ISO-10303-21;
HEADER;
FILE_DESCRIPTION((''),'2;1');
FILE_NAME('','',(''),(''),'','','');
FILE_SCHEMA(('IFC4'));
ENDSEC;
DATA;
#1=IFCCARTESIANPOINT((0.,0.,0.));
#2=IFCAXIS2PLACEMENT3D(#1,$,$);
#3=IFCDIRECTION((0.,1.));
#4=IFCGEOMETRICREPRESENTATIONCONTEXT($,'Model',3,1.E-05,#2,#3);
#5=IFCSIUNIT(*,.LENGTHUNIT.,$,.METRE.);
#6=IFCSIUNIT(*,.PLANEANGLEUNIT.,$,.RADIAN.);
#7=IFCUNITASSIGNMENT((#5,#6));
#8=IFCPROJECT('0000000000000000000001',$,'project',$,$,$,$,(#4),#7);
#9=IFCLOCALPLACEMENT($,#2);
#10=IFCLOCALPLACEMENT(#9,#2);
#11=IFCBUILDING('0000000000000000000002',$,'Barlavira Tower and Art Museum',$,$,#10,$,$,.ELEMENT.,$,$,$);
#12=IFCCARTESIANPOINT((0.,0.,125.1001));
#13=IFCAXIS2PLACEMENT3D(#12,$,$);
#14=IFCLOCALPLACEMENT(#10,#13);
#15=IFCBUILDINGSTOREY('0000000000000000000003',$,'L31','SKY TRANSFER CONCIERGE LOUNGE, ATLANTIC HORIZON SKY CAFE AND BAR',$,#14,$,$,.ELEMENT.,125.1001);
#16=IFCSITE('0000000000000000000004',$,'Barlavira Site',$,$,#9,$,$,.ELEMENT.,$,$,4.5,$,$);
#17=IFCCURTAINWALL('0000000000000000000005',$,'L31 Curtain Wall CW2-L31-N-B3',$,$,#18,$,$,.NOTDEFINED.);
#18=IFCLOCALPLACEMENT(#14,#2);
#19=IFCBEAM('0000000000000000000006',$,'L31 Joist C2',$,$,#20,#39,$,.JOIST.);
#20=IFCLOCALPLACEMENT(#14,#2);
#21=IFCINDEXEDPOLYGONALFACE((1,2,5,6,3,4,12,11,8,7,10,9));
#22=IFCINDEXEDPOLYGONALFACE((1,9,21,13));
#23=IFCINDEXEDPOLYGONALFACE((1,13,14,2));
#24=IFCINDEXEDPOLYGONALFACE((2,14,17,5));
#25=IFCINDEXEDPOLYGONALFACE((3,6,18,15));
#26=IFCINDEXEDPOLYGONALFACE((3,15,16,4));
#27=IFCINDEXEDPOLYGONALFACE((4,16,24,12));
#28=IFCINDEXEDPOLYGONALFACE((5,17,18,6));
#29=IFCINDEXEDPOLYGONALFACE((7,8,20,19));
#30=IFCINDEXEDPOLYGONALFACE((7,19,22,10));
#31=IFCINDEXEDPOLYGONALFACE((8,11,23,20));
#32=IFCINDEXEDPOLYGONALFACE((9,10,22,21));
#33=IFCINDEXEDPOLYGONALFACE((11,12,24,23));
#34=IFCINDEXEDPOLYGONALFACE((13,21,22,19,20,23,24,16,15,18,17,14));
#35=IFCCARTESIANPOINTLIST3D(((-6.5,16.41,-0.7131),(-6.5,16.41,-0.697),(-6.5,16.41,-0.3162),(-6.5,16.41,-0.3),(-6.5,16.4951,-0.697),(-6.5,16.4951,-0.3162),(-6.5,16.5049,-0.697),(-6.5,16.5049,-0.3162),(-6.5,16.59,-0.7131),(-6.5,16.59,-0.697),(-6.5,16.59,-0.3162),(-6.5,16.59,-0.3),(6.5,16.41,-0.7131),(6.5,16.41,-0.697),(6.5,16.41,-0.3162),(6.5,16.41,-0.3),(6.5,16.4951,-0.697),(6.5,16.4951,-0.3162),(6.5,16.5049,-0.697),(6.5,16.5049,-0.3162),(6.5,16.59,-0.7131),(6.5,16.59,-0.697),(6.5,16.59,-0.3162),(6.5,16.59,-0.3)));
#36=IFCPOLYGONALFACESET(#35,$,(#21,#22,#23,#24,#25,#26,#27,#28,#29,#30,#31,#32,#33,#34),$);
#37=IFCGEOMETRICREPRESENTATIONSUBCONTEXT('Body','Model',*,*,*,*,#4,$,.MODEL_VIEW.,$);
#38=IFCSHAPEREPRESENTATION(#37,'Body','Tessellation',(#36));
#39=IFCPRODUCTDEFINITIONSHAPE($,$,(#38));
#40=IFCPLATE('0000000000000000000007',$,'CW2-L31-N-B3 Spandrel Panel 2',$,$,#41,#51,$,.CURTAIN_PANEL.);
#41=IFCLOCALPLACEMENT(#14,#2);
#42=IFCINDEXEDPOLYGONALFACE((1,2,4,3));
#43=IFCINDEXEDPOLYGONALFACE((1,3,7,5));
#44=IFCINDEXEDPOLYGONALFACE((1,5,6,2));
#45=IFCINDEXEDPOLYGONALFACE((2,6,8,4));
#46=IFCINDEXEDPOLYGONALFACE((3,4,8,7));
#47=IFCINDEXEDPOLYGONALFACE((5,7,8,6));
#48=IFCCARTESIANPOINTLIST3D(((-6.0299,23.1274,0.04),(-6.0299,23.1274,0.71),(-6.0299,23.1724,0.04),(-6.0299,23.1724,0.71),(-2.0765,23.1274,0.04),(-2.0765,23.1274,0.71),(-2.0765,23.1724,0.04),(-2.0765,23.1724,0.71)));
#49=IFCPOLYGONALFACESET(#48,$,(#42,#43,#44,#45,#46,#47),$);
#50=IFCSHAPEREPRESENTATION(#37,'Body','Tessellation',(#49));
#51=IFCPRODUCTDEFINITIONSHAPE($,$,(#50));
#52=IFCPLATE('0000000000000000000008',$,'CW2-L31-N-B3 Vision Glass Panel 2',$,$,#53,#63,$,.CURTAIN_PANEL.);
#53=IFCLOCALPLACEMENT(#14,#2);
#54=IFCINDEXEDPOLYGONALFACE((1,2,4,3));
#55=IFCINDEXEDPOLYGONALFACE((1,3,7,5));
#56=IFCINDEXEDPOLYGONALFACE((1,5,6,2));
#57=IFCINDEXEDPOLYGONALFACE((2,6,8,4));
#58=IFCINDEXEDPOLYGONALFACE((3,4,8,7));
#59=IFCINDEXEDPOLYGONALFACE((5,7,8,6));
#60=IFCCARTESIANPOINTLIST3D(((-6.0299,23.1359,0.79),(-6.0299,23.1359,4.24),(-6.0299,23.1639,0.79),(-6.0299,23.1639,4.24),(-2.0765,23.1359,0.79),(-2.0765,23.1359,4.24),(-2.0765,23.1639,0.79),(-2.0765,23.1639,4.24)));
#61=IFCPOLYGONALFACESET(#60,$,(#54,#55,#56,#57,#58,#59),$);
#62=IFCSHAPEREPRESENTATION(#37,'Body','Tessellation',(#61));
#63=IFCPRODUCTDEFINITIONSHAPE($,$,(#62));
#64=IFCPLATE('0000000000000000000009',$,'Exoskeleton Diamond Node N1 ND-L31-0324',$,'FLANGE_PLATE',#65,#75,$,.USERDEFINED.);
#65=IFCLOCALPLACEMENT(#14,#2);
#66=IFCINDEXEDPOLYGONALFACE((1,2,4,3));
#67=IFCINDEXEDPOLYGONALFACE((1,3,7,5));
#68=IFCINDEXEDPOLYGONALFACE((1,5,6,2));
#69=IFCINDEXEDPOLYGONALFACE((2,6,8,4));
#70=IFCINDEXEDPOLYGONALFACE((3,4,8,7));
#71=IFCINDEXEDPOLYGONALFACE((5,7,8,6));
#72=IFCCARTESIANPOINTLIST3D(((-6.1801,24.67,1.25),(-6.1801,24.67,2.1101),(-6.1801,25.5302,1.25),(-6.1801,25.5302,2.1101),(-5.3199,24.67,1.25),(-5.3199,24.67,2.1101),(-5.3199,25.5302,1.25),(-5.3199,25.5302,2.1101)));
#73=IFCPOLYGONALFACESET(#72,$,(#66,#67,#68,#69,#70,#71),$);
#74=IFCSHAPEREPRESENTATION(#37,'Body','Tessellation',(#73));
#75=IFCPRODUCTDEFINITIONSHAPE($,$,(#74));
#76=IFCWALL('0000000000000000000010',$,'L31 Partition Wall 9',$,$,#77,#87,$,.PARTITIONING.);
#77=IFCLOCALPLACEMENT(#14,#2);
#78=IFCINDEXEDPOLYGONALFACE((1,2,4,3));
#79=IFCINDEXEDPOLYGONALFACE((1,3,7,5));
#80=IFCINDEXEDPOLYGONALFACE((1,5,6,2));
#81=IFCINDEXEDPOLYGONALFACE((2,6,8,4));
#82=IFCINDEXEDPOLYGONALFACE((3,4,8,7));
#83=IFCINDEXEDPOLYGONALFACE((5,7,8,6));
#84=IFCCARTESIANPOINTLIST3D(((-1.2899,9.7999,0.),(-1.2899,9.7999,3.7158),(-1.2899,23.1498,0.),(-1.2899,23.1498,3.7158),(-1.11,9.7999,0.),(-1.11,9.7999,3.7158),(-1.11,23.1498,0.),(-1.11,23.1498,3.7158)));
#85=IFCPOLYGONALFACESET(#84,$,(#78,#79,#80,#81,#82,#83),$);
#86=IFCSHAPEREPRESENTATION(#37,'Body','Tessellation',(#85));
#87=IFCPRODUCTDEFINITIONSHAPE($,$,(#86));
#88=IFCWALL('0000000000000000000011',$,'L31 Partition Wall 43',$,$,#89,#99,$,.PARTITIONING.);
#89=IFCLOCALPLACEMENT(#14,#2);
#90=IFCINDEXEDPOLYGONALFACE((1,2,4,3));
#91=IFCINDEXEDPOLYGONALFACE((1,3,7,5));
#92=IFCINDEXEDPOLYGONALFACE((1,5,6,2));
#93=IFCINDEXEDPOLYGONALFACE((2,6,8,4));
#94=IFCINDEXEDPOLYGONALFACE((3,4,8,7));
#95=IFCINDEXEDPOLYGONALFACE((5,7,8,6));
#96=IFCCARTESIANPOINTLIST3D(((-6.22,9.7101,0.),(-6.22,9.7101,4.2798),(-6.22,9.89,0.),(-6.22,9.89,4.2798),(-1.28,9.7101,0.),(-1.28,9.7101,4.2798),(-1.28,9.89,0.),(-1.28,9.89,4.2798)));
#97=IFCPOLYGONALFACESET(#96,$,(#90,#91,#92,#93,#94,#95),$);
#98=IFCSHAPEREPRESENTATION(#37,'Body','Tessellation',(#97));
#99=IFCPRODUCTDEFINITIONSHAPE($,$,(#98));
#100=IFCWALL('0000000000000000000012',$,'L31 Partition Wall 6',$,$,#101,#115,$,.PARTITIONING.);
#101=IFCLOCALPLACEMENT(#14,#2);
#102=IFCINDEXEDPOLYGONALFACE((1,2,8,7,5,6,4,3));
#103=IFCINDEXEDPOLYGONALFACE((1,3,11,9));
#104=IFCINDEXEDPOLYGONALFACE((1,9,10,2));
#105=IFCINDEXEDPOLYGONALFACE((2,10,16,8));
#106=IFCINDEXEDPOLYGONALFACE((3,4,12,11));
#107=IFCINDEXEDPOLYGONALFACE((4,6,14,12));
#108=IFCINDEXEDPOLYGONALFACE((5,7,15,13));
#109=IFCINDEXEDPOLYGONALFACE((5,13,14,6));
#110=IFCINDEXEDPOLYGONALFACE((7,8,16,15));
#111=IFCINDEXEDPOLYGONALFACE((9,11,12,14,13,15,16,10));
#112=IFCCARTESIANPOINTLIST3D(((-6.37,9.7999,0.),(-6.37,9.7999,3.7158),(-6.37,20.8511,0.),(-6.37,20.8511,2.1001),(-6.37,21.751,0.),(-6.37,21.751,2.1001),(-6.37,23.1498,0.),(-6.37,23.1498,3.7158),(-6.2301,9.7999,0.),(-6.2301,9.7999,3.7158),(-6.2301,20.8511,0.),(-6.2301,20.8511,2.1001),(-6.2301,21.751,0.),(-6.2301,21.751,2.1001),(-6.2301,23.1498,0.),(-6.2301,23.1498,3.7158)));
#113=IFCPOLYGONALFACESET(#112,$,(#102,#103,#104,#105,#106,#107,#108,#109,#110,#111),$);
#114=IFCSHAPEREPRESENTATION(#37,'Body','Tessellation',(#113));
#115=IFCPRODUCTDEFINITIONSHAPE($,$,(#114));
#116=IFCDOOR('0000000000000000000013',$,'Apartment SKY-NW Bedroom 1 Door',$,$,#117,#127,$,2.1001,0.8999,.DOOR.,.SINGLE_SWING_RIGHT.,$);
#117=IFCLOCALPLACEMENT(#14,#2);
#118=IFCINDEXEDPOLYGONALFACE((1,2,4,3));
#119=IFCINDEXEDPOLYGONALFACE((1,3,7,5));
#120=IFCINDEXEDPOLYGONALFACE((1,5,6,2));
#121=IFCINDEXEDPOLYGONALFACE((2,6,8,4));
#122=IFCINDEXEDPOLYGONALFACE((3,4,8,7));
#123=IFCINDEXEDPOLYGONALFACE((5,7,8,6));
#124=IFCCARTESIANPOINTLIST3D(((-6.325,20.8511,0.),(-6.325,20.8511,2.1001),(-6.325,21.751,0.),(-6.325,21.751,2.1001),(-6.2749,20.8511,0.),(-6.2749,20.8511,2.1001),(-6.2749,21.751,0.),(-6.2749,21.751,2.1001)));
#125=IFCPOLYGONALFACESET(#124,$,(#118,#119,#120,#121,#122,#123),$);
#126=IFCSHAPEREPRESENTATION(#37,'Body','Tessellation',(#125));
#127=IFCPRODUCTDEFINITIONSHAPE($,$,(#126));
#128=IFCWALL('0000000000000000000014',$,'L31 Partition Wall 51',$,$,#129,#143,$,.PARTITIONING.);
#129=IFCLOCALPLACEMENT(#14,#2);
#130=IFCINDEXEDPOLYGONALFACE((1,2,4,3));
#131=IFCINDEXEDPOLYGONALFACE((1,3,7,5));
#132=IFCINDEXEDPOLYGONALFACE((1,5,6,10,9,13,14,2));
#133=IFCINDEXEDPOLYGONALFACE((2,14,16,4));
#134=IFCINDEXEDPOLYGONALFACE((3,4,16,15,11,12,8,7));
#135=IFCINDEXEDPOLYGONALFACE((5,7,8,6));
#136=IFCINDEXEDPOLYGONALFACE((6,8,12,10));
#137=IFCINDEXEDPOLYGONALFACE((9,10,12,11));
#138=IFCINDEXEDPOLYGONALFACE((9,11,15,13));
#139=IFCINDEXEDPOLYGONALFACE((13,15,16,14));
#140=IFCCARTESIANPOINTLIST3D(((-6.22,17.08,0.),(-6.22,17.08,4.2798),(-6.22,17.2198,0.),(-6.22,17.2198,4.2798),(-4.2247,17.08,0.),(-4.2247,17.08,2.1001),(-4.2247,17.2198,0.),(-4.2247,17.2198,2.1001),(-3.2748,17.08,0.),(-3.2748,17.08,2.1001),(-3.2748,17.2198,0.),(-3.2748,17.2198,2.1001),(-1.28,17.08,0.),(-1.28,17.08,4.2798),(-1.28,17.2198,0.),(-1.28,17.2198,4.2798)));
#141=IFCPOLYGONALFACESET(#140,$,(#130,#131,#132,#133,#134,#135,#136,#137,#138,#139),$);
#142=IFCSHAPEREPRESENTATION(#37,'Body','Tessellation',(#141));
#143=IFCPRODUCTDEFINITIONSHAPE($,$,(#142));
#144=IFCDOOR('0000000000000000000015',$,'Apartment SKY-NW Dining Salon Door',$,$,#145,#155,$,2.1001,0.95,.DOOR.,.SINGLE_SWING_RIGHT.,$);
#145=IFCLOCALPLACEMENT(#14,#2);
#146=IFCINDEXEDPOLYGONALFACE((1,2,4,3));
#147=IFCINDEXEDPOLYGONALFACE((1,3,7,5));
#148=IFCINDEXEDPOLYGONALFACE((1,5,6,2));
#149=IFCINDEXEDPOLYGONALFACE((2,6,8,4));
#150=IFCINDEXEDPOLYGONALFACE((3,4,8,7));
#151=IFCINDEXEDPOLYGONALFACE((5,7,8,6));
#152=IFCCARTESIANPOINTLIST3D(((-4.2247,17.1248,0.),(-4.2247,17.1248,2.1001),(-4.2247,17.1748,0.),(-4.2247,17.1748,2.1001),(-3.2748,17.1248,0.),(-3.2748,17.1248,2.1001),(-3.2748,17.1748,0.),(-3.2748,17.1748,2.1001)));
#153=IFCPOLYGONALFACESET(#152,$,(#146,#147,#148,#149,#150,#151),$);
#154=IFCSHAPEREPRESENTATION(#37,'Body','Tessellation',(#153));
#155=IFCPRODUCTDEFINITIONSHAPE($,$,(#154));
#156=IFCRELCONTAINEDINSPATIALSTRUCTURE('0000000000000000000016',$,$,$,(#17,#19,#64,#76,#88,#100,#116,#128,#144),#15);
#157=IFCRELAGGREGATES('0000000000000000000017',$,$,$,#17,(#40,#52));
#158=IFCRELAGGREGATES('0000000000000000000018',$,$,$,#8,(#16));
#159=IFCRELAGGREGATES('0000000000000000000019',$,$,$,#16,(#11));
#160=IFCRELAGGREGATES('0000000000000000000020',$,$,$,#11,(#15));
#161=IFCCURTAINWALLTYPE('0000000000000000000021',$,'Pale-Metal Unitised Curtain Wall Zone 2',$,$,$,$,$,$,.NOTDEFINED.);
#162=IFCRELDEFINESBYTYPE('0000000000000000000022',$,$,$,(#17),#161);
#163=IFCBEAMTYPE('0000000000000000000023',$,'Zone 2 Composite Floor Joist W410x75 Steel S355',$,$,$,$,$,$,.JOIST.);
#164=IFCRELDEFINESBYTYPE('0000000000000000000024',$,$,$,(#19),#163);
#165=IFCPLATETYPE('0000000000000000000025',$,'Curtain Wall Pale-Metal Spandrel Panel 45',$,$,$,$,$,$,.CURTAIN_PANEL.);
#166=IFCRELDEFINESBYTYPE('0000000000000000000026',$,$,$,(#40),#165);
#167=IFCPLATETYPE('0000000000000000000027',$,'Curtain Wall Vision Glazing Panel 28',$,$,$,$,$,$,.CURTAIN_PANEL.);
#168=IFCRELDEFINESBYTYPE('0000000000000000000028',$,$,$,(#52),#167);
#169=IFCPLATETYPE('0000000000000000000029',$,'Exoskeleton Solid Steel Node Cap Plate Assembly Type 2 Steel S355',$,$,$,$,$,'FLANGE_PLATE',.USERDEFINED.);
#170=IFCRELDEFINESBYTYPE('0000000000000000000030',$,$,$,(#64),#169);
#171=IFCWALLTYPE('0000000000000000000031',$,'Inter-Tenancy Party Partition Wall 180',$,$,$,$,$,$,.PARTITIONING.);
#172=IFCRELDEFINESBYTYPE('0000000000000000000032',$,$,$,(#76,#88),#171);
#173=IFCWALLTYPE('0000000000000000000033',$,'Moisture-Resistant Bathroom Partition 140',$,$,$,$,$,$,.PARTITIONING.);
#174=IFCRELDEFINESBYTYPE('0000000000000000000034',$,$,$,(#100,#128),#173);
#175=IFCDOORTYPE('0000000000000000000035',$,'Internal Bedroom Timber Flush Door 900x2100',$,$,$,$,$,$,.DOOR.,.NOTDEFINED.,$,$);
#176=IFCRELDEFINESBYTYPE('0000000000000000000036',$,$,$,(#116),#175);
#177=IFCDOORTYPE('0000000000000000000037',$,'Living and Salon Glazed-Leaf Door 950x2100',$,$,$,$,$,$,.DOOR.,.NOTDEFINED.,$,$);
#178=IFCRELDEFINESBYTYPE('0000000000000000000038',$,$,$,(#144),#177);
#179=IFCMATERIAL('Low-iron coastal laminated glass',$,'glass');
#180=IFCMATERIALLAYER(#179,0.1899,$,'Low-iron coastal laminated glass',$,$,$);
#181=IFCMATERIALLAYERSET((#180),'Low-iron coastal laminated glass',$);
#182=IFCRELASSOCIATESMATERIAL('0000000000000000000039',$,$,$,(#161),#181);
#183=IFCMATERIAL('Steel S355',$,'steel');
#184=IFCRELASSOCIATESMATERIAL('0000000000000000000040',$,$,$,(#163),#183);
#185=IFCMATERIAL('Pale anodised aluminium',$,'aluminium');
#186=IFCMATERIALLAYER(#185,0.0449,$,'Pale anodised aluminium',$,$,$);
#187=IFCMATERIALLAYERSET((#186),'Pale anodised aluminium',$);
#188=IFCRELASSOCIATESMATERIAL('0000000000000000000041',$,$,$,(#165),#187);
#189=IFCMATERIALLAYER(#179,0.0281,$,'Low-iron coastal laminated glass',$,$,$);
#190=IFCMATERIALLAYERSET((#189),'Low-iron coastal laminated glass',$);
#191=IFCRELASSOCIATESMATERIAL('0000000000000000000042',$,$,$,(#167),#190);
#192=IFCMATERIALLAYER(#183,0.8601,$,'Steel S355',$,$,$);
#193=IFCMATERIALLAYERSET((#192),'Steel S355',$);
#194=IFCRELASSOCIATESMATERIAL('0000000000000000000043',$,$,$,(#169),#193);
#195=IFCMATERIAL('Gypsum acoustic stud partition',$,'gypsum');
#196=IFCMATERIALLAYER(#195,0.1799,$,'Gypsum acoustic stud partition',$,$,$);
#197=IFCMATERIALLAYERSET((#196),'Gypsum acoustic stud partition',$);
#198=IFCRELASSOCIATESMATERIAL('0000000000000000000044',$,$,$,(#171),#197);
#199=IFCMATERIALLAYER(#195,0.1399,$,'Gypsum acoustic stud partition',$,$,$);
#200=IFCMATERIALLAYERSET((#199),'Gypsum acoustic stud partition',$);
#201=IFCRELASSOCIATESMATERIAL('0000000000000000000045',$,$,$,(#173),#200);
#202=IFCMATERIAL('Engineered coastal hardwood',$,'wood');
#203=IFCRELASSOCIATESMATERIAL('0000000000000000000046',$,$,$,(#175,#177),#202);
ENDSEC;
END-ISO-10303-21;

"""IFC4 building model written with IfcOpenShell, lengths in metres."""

from ifc_helpers import new_model, si_unit, direction, frame, frame_2d, origin, origin_2d, place, context, subcontext, project, spatial, rectangle, i_section, extrude, material, layer, layer_set, material_profile, profile_set, type_object, element, fill, aggregate, save


model = new_model("IFC4")

# Units and contexts
model_context = context("Model", 3, precision=1e-05, world=origin(), true_north=direction((0.0, 1.0)))
body_context = subcontext(model_context, "Body", "Model", "MODEL_VIEW")
ifc_project = project(units=[si_unit("LENGTHUNIT", "METRE"), si_unit("PLANEANGLEUNIT", "RADIAN")], contexts=[model_context])

# Site, building, storey
site_placement = place(None, origin())
site = spatial("IfcSite", under=ifc_project, at=site_placement, Name="Barlavira Site", CompositionType="ELEMENT", RefElevation=4.5)
building_placement = place(site_placement, origin())
building = spatial("IfcBuilding", under=site, at=building_placement, Name="Barlavira Tower and Art Museum", CompositionType="ELEMENT")
storey_placement = place(building_placement, frame((0.0, 0.0, 125.1001)))
storey = spatial("IfcBuildingStorey", under=building, at=storey_placement, Name="L31", Description="SKY TRANSFER CONCIERGE LOUNGE, ATLANTIC HORIZON SKY CAFE AND BAR", CompositionType="ELEMENT", Elevation=125.1001)

# Curtain wall
ifc_material_1 = material(Name="Low-iron coastal laminated glass", Category="glass")
ifc_layer_1 = layer(ifc_material_1, 0.1899, Name="Low-iron coastal laminated glass")
ifc_layer_set_1 = layer_set([ifc_layer_1], Name="Low-iron coastal laminated glass")
curtain_wall_type = type_object("IfcCurtainWallType", Name="Pale-Metal Unitised Curtain Wall Zone 2", PredefinedType="NOTDEFINED", material=ifc_layer_set_1)
curtain_wall_placement = place(storey_placement, origin())
curtain_wall = element("IfcCurtainWall", 1, at=curtain_wall_placement, inside=storey, type_object=curtain_wall_type, Name="L31 Curtain Wall CW2-L31-N-B3", PredefinedType="NOTDEFINED")
ifc_material_2 = material(Name="Pale anodised aluminium", Category="aluminium")

# Beam
ifc_material_3 = material(Name="Steel S355", Category="steel")
ifc_material_profile_1 = material_profile(ifc_material_3, i_section(OverallWidth=0.1799, OverallDepth=0.4131, WebThickness=0.0098, FlangeThickness=0.0161, at=origin_2d()), Name="W410x75.0")
ifc_profile_set_1 = profile_set([ifc_material_profile_1], Name="Steel S355")
beam_type_1 = type_object("IfcBeamType", Name="Zone 2 Composite Floor Joist W410x75 Steel S355", PredefinedType="JOIST", material=ifc_profile_set_1)
beam_1_placement = place(storey_placement, frame((-6.5, 16.5, -0.5066), z_axis=(1.0, 0.0, 0.0), x_axis=(0.0, 1.0, 0.0)))
element("IfcBeam", 2, at=beam_1_placement, inside=storey, type_object=beam_type_1, Name="L31 Joist C2", PredefinedType="JOIST", context=body_context, shape_type="SweptSolid", body=[
    extrude(i_section(OverallWidth=0.1799, OverallDepth=0.4131, WebThickness=0.0098, FlangeThickness=0.0161, at=origin_2d()), origin(), (0.0, 0.0, 1.0), 13.0),
])

# Plates
ifc_layer_2 = layer(ifc_material_2, 0.0449, Name="Pale anodised aluminium")
ifc_layer_set_2 = layer_set([ifc_layer_2], Name="Pale anodised aluminium")
plate_type_1 = type_object("IfcPlateType", Name="Curtain Wall Pale-Metal Spandrel Panel 45", PredefinedType="CURTAIN_PANEL", material=ifc_layer_set_2)
plate_1_placement = place(storey_placement, frame((-4.0532, 23.1499, 0.04), z_axis=(0.0, 0.0, 1.0), x_axis=(-1.0, 0.0, 0.0)))
plate_1 = element("IfcPlate", 3, at=plate_1_placement, type_object=plate_type_1, Name="CW2-L31-N-B3 Spandrel Panel 2", PredefinedType="CURTAIN_PANEL", context=body_context, shape_type="SweptSolid", body=[
    extrude(rectangle(XDim=3.9534, YDim=0.0449, at=origin_2d()), origin(), (0.0, 0.0, 1.0), 0.6699),
])
ifc_layer_3 = layer(ifc_material_1, 0.0281, Name="Low-iron coastal laminated glass")
ifc_layer_set_3 = layer_set([ifc_layer_3], Name="Low-iron coastal laminated glass")
plate_type_2 = type_object("IfcPlateType", Name="Curtain Wall Vision Glazing Panel 28", PredefinedType="CURTAIN_PANEL", material=ifc_layer_set_3)
plate_2_placement = place(storey_placement, frame((-4.0532, 23.1499, 0.79), z_axis=(0.0, 0.0, 1.0), x_axis=(-1.0, 0.0, 0.0)))
plate_2 = element("IfcPlate", 4, at=plate_2_placement, type_object=plate_type_2, Name="CW2-L31-N-B3 Vision Glass Panel 2", PredefinedType="CURTAIN_PANEL", context=body_context, shape_type="SweptSolid", body=[
    extrude(rectangle(XDim=3.9534, YDim=0.0281, at=origin_2d()), origin(), (0.0, 0.0, 1.0), 3.45),
])
aggregate(curtain_wall, [plate_1, plate_2])
ifc_layer_4 = layer(ifc_material_3, 0.8601, Name="Steel S355")
ifc_layer_set_4 = layer_set([ifc_layer_4], Name="Steel S355")
plate_type_3 = type_object("IfcPlateType", Name="Exoskeleton Solid Steel Node Cap Plate Assembly Type 2 Steel S355", ElementType="FLANGE_PLATE", PredefinedType="USERDEFINED", material=ifc_layer_set_4)
plate_3_placement = place(storey_placement, frame((-5.75, 25.1001, 1.25), z_axis=(0.0, 0.0, 1.0), x_axis=(1.0, 0.0, 0.0)))
element("IfcPlate", 5, at=plate_3_placement, inside=storey, type_object=plate_type_3, Name="Exoskeleton Diamond Node N1 ND-L31-0324", ObjectType="FLANGE_PLATE", PredefinedType="USERDEFINED", context=body_context, shape_type="SweptSolid", body=[
    extrude(rectangle(XDim=0.8601, YDim=0.8601, at=origin_2d()), origin(), (0.0, 0.0, 1.0), 0.8601),
])

# Walls
ifc_material_4 = material(Name="Gypsum acoustic stud partition", Category="gypsum")
ifc_layer_5 = layer(ifc_material_4, 0.1799, Name="Gypsum acoustic stud partition")
ifc_layer_set_5 = layer_set([ifc_layer_5], Name="Gypsum acoustic stud partition")
wall_type_1 = type_object("IfcWallType", Name="Inter-Tenancy Party Partition Wall 180", PredefinedType="PARTITIONING", material=ifc_layer_set_5)
wall_1_placement = place(storey_placement, frame((-1.2, 9.8, 0.0), z_axis=(0.0, 0.0, 1.0), x_axis=(0.0, 1.0, 0.0)))
element("IfcWall", 6, at=wall_1_placement, inside=storey, type_object=wall_type_1, Name="L31 Partition Wall 9", PredefinedType="PARTITIONING", context=body_context, shape_type="SweptSolid", body=[
    extrude(rectangle(XDim=13.3499, YDim=0.1799, at=frame_2d((6.6748, 0.0))), origin(), (0.0, 0.0, 1.0), 3.7158),
])
wall_2_placement = place(storey_placement, frame((-6.22, 9.8, 0.0), z_axis=(0.0, 0.0, 1.0), x_axis=(1.0, 0.0, 0.0)))
element("IfcWall", 7, at=wall_2_placement, inside=storey, type_object=wall_type_1, Name="L31 Partition Wall 43", PredefinedType="PARTITIONING", context=body_context, shape_type="SweptSolid", body=[
    extrude(rectangle(XDim=4.9399, YDim=0.1799, at=frame_2d((2.47, 0.0))), origin(), (0.0, 0.0, 1.0), 4.2798),
])

# Walls, openings, doors
ifc_layer_6 = layer(ifc_material_4, 0.1399, Name="Gypsum acoustic stud partition")
ifc_layer_set_6 = layer_set([ifc_layer_6], Name="Gypsum acoustic stud partition")
wall_type_2 = type_object("IfcWallType", Name="Moisture-Resistant Bathroom Partition 140", PredefinedType="PARTITIONING", material=ifc_layer_set_6)
wall_3_placement = place(storey_placement, frame((-6.3, 9.8, 0.0), z_axis=(0.0, 0.0, 1.0), x_axis=(0.0, 1.0, 0.0)))
wall_3 = element("IfcWall", 8, at=wall_3_placement, inside=storey, type_object=wall_type_2, Name="L31 Partition Wall 6", PredefinedType="PARTITIONING", context=body_context, shape_type="SweptSolid", body=[
    extrude(rectangle(XDim=13.3499, YDim=0.1399, at=frame_2d((6.6748, 0.0))), origin(), (0.0, 0.0, 1.0), 3.7158),
])
opening_1_placement = place(wall_3_placement, frame((11.051, 0.0, 0.0)))
opening_1 = element("IfcOpeningElement", 9, at=opening_1_placement, cuts=wall_3, PredefinedType="OPENING", context=body_context, shape_type="SweptSolid", body=[
    extrude(rectangle(XDim=0.8999, YDim=2.1001, at=frame_2d((0.45, 1.05))), frame((0.0, 0.0801, 0.0), z_axis=(0.0, -1.0, 0.0), x_axis=(1.0, 0.0, 0.0)), (0.0, 0.0, 1.0), 0.1599),
])
ifc_material_5 = material(Name="Engineered coastal hardwood", Category="wood")
door_type_1 = type_object("IfcDoorType", Name="Internal Bedroom Timber Flush Door 900x2100", OperationType="NOTDEFINED", PredefinedType="DOOR", material=ifc_material_5)
door_1_placement = place(opening_1_placement, origin())
door_1 = element("IfcDoor", 10, at=door_1_placement, inside=storey, type_object=door_type_1, Name="Apartment SKY-NW Bedroom 1 Door", OperationType="SINGLE_SWING_RIGHT", OverallHeight=2.1001, OverallWidth=0.8999, PredefinedType="DOOR", context=body_context, shape_type="SweptSolid", body=[
    extrude(rectangle(XDim=0.8999, YDim=2.1001, at=frame_2d((0.45, 1.05))), frame((0.0, 0.0249, 0.0), z_axis=(0.0, -1.0, 0.0), x_axis=(1.0, 0.0, 0.0)), (0.0, 0.0, 1.0), 0.05),
])
fill(opening_1, door_1)
wall_4_placement = place(storey_placement, frame((-6.22, 17.1499, 0.0), z_axis=(0.0, 0.0, 1.0), x_axis=(1.0, 0.0, 0.0)))
wall_4 = element("IfcWall", 11, at=wall_4_placement, inside=storey, type_object=wall_type_2, Name="L31 Partition Wall 51", PredefinedType="PARTITIONING", context=body_context, shape_type="SweptSolid", body=[
    extrude(rectangle(XDim=4.9399, YDim=0.1399, at=frame_2d((2.47, 0.0))), origin(), (0.0, 0.0, 1.0), 4.2798),
])
opening_2_placement = place(wall_4_placement, frame((1.9951, 0.0, 0.0)))
opening_2 = element("IfcOpeningElement", 12, at=opening_2_placement, cuts=wall_4, PredefinedType="OPENING", context=body_context, shape_type="SweptSolid", body=[
    extrude(rectangle(XDim=0.95, YDim=2.1001, at=frame_2d((0.4751, 1.05))), frame((0.0, 0.0801, 0.0), z_axis=(0.0, -1.0, 0.0), x_axis=(1.0, 0.0, 0.0)), (0.0, 0.0, 1.0), 0.1599),
])
door_type_2 = type_object("IfcDoorType", Name="Living and Salon Glazed-Leaf Door 950x2100", OperationType="NOTDEFINED", PredefinedType="DOOR", material=ifc_material_5)
door_2_placement = place(opening_2_placement, origin())
door_2 = element("IfcDoor", 13, at=door_2_placement, inside=storey, type_object=door_type_2, Name="Apartment SKY-NW Dining Salon Door", OperationType="SINGLE_SWING_RIGHT", OverallHeight=2.1001, OverallWidth=0.95, PredefinedType="DOOR", context=body_context, shape_type="SweptSolid", body=[
    extrude(rectangle(XDim=0.95, YDim=2.1001, at=frame_2d((0.4751, 1.05))), frame((0.0, 0.0249, 0.0), z_axis=(0.0, -1.0, 0.0), x_axis=(1.0, 0.0, 0.0)), (0.0, 0.0, 1.0), 0.05),
])
fill(opening_2, door_2)

save(model, "model.ifc")
